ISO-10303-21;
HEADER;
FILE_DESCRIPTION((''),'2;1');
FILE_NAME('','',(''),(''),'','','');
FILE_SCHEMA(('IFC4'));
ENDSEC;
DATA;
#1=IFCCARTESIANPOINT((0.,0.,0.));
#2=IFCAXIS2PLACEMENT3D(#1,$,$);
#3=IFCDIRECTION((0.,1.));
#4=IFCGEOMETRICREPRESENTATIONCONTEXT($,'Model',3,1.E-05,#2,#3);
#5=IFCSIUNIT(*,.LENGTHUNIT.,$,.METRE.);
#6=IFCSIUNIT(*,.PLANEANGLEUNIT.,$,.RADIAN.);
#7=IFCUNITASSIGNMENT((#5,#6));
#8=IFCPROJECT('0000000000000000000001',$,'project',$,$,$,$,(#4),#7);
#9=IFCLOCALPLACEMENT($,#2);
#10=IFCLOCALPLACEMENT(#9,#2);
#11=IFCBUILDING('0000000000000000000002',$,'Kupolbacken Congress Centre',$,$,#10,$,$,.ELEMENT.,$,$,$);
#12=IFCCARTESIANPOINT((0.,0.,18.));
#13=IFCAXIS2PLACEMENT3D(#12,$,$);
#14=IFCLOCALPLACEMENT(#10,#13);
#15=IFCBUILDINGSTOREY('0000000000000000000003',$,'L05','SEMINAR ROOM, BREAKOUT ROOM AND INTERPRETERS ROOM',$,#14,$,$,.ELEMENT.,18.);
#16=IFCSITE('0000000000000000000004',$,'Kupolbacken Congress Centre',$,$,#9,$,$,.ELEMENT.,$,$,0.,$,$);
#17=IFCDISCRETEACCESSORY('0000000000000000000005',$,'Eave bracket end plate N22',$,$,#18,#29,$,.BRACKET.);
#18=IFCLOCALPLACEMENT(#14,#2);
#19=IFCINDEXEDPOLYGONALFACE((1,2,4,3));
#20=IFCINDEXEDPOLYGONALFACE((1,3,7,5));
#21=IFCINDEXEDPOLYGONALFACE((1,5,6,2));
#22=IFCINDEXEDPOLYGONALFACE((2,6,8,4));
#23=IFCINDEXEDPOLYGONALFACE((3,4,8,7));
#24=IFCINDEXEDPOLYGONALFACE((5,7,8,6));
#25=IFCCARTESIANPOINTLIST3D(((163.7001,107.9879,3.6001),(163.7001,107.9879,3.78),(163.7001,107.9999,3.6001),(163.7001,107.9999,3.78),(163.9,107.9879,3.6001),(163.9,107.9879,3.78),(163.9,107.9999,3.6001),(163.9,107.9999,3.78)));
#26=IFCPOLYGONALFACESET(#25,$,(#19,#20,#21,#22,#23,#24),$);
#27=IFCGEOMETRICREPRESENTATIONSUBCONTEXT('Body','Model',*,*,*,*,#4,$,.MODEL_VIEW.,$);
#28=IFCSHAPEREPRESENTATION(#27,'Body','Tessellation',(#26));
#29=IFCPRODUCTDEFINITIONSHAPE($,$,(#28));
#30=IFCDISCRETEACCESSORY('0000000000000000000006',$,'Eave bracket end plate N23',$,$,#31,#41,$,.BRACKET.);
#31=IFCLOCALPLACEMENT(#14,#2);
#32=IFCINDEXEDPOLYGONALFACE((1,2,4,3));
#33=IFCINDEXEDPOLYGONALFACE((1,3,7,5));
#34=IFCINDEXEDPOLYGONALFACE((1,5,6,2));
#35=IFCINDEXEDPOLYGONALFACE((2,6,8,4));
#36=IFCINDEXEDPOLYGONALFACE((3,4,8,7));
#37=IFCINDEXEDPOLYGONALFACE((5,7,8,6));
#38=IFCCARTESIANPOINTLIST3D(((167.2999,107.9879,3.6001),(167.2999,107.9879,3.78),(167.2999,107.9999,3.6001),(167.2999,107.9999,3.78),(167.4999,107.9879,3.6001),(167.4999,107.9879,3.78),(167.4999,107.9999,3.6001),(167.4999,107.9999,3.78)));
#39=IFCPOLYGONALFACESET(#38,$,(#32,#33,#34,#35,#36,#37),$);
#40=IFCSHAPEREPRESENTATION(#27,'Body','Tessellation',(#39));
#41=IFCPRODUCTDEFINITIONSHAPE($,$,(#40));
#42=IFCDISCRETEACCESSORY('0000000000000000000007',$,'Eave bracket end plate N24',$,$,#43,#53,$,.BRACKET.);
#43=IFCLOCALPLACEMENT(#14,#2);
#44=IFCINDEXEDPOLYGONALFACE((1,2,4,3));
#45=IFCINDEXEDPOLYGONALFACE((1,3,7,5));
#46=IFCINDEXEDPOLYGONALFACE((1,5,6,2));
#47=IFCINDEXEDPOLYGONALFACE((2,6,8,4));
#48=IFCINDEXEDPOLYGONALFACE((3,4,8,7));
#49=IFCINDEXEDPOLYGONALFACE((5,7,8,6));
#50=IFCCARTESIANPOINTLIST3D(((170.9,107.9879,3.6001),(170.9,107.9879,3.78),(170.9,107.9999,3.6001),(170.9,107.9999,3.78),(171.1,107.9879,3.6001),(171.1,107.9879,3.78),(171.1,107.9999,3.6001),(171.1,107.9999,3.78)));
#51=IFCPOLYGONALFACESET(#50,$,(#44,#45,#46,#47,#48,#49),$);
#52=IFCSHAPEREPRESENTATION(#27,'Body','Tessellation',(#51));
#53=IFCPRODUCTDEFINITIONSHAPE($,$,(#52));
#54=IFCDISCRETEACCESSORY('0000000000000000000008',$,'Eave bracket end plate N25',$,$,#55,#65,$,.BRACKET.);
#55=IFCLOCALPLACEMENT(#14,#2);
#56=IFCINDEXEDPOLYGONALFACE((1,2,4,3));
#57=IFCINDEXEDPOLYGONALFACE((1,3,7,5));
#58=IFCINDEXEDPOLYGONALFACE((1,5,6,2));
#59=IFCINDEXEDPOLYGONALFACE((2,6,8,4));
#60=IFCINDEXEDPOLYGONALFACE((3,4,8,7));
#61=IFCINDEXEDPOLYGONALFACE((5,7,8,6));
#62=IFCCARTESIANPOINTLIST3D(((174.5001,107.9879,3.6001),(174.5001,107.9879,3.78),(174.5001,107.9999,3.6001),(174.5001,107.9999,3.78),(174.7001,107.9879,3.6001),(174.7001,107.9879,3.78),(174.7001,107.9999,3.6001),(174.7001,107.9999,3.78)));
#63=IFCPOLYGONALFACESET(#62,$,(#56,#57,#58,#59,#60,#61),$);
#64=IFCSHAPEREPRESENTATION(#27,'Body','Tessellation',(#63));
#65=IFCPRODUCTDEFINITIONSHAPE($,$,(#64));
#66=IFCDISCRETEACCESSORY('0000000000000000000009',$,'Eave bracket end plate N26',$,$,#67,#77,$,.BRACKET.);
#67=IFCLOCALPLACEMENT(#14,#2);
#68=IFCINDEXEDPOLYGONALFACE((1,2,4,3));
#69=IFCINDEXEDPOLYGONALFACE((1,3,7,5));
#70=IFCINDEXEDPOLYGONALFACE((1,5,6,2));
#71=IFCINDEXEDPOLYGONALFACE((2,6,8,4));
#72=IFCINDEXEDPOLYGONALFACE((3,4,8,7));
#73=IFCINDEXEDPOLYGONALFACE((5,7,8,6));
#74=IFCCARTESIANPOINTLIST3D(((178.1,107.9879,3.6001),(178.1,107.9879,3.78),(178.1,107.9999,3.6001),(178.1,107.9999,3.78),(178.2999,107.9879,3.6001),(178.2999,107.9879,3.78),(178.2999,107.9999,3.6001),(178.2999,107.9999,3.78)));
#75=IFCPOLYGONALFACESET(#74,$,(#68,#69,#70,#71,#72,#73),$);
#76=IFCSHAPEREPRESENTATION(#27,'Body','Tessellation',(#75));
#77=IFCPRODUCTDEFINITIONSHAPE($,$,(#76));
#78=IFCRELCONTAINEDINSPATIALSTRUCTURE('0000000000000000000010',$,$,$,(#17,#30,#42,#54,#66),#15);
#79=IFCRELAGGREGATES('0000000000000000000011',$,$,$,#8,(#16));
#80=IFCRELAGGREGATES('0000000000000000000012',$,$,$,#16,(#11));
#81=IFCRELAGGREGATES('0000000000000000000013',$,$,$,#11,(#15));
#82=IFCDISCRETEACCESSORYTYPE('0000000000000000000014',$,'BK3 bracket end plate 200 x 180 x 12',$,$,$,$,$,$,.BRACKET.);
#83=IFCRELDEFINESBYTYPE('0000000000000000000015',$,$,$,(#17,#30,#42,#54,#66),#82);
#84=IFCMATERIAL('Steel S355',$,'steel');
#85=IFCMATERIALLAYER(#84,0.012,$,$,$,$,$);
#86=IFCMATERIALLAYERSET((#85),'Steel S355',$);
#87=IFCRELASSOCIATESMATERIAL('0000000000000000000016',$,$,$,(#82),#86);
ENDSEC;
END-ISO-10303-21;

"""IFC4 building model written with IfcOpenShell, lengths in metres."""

from ifc_helpers import new_model, si_unit, direction, frame, origin, origin_2d, place, context, subcontext, project, spatial, rectangle, extrude, material, layer, layer_set, type_object, element, save


model = new_model("IFC4")

# Units and contexts
model_context = context("Model", 3, precision=1e-05, world=origin(), true_north=direction((0.0, 1.0)))
body_context = subcontext(model_context, "Body", "Model", "MODEL_VIEW")
ifc_project = project(units=[si_unit("LENGTHUNIT", "METRE"), si_unit("PLANEANGLEUNIT", "RADIAN")], contexts=[model_context])

# Site, building, storey
site_placement = place(None, origin())
site = spatial("IfcSite", under=ifc_project, at=site_placement, Name="Kupolbacken Congress Centre", CompositionType="ELEMENT", RefElevation=0.0)
building_placement = place(site_placement, origin())
building = spatial("IfcBuilding", under=site, at=building_placement, Name="Kupolbacken Congress Centre", CompositionType="ELEMENT")
storey_placement = place(building_placement, frame((0.0, 0.0, 18.0)))
storey = spatial("IfcBuildingStorey", under=building, at=storey_placement, Name="L05", Description="SEMINAR ROOM, BREAKOUT ROOM AND INTERPRETERS ROOM", CompositionType="ELEMENT", Elevation=18.0)

# Discrete accessories
ifc_material_1 = material(Name="Steel S355", Category="steel")
ifc_layer_1 = layer(ifc_material_1, 0.012)
ifc_layer_set_1 = layer_set([ifc_layer_1], Name="Steel S355")
discrete_accessory_type = type_object("IfcDiscreteAccessoryType", Name="BK3 bracket end plate 200 x 180 x 12", PredefinedType="BRACKET", material=ifc_layer_set_1)
for number, where, z_axis, x_axis, name in (
    (1, (163.8, 107.9939, 3.6001), (0.0, 0.0, 1.0), (1.0, 0.0, 0.0), "Eave bracket end plate N22"),
    (2, (167.3999, 107.9939, 3.6001), (0.0, 0.0, 1.0), (1.0, 0.0, 0.0), "Eave bracket end plate N23"),
    (3, (171.0, 107.9939, 3.6001), (0.0, 0.0, 1.0), (1.0, 0.0, 0.0), "Eave bracket end plate N24"),
    (4, (174.6001, 107.9939, 3.6001), (0.0, 0.0, 1.0), (1.0, 0.0, 0.0), "Eave bracket end plate N25"),
    (5, (178.2, 107.9939, 3.6001), (0.0, 0.0, 1.0), (1.0, 0.0, 0.0), "Eave bracket end plate N26"),
):
    element("IfcDiscreteAccessory", number, at=place(storey_placement, frame(where, z_axis=z_axis, x_axis=x_axis)), inside=storey, type_object=discrete_accessory_type, Name=name, PredefinedType="BRACKET", context=body_context, shape_type="SweptSolid", body=[
        extrude(rectangle(XDim=0.2, YDim=0.012, at=origin_2d()), origin(), (0.0, 0.0, 1.0), 0.1799),
    ])

save(model, "model.ifc")
